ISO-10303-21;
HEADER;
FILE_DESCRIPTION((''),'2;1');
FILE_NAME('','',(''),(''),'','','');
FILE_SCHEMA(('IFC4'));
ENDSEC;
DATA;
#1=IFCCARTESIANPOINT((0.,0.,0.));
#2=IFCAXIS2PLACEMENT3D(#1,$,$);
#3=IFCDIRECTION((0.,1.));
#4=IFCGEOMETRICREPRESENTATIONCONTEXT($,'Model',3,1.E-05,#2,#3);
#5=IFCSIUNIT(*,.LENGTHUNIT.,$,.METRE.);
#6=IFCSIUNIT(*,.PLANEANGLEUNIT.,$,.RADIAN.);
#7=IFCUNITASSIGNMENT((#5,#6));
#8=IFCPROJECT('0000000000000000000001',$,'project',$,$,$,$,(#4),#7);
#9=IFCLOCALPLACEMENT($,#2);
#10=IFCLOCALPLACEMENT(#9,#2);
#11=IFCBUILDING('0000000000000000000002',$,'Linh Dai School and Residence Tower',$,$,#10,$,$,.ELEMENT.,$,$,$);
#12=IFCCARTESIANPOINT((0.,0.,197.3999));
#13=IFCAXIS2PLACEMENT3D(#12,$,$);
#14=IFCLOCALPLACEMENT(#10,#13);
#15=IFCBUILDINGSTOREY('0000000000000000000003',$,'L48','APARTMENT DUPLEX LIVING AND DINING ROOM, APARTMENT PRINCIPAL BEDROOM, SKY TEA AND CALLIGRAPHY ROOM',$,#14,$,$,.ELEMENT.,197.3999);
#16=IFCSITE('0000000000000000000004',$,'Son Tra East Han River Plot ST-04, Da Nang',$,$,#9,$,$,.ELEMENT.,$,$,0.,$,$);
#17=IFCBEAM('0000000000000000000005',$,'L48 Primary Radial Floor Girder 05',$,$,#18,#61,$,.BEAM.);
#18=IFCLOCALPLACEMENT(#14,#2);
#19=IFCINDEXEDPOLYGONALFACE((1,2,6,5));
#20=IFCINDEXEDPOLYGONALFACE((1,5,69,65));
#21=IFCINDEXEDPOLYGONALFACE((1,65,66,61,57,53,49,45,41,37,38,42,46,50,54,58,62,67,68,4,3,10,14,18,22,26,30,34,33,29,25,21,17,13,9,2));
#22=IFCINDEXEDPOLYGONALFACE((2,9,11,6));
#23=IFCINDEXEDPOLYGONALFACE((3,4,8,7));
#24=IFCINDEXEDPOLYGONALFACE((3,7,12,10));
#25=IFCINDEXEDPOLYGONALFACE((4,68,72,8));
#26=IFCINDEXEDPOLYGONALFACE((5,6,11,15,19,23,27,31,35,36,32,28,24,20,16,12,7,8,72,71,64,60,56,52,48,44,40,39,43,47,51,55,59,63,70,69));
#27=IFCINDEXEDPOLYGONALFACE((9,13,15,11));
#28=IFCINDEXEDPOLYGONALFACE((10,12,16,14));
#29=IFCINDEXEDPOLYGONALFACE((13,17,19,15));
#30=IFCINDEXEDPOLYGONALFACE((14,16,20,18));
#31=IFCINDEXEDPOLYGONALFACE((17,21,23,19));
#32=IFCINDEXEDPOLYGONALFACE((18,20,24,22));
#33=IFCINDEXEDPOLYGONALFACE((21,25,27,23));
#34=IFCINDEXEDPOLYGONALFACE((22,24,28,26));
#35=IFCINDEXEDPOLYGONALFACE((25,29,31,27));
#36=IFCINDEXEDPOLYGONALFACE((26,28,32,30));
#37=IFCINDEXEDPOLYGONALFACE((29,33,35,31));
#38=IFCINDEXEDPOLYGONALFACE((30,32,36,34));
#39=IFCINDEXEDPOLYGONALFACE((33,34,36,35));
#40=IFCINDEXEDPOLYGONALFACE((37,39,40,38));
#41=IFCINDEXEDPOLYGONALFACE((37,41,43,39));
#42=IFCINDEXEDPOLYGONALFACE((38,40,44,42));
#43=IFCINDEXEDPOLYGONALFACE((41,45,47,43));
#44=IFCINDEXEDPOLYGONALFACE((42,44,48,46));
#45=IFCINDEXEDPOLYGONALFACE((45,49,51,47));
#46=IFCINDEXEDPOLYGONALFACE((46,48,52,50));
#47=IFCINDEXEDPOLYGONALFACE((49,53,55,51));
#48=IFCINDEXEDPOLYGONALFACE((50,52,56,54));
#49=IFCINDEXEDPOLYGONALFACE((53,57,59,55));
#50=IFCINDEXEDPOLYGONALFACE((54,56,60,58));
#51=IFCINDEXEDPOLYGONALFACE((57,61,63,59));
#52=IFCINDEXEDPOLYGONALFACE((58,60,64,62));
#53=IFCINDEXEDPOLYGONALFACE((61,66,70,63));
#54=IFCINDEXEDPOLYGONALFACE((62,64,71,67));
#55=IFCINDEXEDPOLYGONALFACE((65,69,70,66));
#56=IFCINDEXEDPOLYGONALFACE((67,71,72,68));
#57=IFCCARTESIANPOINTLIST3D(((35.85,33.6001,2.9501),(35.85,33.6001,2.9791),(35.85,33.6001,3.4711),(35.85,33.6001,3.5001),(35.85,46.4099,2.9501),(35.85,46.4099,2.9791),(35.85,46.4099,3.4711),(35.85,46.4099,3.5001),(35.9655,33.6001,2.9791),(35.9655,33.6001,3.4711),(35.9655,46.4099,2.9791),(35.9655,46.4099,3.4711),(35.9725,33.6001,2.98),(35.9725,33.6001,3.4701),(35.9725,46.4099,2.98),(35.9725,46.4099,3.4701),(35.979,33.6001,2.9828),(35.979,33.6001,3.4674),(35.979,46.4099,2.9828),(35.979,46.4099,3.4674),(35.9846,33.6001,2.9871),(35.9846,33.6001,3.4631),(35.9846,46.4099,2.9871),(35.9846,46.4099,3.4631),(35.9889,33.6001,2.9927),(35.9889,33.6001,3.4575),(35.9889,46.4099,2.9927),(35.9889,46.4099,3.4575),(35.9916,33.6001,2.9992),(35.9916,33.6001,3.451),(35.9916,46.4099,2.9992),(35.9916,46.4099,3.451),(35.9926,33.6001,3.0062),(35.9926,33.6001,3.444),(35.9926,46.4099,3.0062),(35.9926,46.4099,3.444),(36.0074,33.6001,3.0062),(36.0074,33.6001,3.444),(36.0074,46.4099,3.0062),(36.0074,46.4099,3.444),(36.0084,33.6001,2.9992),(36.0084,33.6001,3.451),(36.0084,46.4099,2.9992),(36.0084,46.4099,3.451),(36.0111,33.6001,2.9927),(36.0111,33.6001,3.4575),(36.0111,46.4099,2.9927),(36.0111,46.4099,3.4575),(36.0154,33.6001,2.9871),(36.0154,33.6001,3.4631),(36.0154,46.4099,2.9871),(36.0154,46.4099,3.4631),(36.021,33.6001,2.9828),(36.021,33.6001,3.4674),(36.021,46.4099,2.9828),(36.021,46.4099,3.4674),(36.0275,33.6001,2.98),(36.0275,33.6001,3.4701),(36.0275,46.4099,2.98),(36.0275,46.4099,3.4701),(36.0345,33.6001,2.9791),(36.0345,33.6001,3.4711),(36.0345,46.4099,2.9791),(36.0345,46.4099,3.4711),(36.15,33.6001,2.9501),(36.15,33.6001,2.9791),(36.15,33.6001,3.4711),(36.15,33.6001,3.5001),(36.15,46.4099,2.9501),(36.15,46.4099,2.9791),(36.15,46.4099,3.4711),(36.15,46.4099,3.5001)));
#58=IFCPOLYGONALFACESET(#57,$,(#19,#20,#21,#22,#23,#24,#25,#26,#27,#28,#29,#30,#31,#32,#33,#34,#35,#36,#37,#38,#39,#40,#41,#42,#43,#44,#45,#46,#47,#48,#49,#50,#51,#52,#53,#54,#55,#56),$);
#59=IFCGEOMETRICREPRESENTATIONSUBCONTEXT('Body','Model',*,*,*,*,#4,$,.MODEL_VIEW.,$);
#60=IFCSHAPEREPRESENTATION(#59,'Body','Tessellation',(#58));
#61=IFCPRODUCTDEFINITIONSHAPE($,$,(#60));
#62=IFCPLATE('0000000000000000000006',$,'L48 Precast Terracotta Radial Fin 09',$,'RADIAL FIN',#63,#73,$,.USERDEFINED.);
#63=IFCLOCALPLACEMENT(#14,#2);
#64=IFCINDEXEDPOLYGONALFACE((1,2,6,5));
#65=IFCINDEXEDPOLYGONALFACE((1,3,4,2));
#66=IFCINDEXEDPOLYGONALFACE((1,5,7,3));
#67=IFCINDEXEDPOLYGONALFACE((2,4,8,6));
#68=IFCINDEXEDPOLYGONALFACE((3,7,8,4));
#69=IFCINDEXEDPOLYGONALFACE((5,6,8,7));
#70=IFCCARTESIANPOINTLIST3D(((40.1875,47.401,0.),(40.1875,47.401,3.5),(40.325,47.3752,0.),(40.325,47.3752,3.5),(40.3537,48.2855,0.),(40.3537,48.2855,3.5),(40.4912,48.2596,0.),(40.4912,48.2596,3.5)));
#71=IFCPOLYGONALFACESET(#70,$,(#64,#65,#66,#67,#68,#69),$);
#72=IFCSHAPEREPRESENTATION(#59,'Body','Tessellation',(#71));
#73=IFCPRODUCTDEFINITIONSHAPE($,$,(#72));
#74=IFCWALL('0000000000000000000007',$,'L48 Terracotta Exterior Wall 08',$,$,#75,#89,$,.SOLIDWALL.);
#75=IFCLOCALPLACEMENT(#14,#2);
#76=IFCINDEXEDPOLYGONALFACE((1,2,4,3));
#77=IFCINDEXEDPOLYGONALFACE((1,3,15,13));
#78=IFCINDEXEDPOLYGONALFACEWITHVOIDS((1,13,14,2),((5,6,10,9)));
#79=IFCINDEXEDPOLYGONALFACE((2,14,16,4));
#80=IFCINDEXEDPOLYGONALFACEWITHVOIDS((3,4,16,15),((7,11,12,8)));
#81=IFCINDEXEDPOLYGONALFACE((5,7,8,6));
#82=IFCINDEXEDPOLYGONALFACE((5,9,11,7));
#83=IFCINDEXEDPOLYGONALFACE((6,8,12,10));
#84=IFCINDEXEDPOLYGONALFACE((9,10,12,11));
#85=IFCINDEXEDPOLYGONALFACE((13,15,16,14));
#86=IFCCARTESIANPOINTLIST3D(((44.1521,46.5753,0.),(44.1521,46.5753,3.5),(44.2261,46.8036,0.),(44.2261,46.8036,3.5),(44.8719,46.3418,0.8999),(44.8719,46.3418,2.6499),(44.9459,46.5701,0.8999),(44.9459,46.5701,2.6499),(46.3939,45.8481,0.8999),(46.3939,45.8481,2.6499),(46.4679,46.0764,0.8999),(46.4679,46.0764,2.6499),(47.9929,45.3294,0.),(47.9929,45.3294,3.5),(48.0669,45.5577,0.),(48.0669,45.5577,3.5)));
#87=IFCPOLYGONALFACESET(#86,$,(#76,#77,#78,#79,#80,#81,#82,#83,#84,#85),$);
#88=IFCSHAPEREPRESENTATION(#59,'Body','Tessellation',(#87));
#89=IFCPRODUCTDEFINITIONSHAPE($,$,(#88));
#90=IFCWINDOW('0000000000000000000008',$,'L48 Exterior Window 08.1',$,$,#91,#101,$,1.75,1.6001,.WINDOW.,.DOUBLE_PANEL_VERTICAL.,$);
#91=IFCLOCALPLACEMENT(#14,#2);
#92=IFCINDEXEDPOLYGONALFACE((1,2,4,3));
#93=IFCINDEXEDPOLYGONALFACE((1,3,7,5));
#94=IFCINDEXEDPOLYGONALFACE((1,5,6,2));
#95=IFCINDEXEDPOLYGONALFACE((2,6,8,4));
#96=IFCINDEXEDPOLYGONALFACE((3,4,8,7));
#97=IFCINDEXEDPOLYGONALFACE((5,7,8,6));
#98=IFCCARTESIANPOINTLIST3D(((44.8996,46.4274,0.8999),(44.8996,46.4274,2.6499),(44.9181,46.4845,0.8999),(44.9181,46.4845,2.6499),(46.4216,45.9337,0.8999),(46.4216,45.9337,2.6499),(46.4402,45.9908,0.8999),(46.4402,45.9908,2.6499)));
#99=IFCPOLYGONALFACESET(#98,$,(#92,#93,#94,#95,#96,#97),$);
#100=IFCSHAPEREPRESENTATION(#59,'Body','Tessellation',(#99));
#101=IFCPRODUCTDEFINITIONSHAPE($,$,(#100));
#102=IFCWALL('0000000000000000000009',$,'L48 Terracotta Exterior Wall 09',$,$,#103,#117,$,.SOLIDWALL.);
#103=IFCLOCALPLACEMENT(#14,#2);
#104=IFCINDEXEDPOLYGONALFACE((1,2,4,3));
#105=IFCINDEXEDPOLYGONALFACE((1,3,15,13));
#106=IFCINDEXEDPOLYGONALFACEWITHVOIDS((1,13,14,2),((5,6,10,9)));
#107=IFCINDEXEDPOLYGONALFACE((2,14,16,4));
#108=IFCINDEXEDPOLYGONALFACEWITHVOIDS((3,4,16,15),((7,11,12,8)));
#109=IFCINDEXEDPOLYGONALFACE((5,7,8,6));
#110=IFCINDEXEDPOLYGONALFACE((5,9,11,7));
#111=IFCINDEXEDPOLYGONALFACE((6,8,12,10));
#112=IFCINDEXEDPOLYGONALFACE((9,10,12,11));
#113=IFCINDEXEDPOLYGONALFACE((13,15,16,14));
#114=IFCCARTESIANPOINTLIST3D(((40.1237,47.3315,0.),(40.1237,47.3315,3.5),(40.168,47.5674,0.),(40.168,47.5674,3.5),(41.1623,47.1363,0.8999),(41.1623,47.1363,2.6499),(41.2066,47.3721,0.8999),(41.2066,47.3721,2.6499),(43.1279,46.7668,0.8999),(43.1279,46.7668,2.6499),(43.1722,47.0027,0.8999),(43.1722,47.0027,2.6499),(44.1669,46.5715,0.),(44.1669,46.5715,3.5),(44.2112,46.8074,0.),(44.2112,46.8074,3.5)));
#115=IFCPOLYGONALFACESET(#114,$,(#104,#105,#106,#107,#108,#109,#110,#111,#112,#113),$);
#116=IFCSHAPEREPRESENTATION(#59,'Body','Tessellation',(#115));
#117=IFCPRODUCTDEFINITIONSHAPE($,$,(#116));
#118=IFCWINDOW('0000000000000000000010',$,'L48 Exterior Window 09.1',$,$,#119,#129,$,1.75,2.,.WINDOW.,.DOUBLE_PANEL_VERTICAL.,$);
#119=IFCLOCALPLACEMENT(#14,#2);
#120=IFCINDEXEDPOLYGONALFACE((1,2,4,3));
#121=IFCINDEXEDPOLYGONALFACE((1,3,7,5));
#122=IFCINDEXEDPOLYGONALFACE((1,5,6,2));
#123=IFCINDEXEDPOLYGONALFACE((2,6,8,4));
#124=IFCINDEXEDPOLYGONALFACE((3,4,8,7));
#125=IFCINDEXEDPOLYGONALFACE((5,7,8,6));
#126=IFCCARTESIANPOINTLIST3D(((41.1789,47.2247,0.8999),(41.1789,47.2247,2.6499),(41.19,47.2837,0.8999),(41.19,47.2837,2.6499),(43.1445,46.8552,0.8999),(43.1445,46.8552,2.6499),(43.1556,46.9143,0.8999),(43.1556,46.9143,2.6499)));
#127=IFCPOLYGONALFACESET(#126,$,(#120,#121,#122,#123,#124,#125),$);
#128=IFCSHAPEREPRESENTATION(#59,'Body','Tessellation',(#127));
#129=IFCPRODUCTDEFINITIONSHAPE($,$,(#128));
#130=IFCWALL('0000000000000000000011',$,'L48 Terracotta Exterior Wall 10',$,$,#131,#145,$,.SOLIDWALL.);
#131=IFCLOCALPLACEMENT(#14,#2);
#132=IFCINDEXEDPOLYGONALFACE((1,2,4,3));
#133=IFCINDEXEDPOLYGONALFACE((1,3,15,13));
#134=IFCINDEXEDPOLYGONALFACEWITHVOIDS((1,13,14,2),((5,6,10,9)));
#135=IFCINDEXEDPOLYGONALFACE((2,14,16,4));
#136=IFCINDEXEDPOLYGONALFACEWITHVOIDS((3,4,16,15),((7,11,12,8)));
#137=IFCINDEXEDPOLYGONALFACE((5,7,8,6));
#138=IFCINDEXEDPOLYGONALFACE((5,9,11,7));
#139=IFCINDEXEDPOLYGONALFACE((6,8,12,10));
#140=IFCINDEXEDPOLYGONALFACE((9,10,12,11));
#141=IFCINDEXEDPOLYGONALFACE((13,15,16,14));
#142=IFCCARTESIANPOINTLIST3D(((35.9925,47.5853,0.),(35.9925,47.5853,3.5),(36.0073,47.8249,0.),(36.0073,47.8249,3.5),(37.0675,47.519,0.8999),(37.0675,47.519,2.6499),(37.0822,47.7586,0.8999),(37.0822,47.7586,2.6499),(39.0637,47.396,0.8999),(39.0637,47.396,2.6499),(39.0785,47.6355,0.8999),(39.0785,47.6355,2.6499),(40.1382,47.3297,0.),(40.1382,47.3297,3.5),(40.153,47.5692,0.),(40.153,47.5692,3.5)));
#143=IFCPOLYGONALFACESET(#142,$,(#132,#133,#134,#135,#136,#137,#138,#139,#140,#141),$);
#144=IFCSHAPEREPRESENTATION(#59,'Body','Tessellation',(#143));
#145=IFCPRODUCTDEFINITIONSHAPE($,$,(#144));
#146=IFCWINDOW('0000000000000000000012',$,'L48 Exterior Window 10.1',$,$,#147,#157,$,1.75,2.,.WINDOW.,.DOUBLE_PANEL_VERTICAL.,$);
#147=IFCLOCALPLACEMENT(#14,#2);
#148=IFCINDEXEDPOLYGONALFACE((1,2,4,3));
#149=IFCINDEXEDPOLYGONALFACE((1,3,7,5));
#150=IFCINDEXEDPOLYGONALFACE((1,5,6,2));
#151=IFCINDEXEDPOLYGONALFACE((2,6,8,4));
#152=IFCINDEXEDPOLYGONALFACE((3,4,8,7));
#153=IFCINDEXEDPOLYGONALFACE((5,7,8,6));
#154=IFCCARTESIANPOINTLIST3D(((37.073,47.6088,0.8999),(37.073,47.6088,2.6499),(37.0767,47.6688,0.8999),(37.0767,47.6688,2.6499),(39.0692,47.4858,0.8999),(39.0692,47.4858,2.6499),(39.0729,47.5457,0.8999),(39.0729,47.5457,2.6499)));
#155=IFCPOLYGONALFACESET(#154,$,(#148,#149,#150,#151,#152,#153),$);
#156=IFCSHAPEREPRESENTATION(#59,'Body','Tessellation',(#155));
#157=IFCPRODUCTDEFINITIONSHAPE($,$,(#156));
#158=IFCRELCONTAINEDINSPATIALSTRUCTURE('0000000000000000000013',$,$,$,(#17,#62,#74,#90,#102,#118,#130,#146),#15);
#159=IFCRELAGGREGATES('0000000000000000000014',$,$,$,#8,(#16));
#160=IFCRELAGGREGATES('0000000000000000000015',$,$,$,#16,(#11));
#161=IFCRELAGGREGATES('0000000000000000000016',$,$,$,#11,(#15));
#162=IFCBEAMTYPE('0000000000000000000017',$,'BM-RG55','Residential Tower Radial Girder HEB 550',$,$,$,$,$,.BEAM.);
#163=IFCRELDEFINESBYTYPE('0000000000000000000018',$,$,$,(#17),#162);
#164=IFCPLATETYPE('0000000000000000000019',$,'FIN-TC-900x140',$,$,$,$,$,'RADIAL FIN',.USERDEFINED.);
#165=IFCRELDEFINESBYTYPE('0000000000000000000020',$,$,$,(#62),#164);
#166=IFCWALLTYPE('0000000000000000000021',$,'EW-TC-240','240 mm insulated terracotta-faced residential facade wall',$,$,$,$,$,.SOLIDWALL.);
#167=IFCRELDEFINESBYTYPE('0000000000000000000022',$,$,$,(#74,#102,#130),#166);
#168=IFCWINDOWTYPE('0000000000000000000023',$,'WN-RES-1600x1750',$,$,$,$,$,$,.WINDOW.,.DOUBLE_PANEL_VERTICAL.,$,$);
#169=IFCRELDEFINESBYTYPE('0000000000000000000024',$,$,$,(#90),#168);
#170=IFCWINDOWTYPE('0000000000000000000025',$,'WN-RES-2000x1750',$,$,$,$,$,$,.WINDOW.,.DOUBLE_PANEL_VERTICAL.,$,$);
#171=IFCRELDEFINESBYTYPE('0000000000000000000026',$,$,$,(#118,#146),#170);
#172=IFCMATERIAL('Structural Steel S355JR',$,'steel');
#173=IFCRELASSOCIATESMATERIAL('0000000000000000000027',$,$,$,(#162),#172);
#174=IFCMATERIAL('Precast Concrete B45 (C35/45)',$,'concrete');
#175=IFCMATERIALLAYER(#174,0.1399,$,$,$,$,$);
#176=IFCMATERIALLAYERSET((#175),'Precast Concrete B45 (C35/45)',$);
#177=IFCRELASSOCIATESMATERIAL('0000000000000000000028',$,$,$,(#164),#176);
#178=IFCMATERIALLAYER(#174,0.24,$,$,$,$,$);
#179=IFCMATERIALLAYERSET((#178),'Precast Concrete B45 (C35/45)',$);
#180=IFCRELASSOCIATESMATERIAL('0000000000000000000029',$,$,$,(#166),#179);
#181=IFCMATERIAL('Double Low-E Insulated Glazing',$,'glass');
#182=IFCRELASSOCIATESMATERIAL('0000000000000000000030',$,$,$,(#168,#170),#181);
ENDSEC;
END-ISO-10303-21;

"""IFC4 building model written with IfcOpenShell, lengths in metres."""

from ifc_helpers import new_model, si_unit, direction, frame, frame_2d, origin, origin_2d, place, context, subcontext, project, spatial, rectangle, i_section, extrude, source, transform, mapped, material, layer, layer_set, material_profile, profile_set, type_object, element, fill, save


model = new_model("IFC4")

# Units and contexts
model_context = context("Model", 3, precision=1e-05, world=origin(), true_north=direction((0.0, 1.0)))
body_context = subcontext(model_context, "Body", "Model", "MODEL_VIEW")
ifc_project = project(units=[si_unit("LENGTHUNIT", "METRE"), si_unit("PLANEANGLEUNIT", "RADIAN")], contexts=[model_context])

# Site, building, storey
site_placement = place(None, origin())
site = spatial("IfcSite", under=ifc_project, at=site_placement, Name="Son Tra East Han River Plot ST-04, Da Nang", CompositionType="ELEMENT", RefElevation=0.0)
building_placement = place(site_placement, origin())
building = spatial("IfcBuilding", under=site, at=building_placement, Name="Linh Dai School and Residence Tower", CompositionType="ELEMENT")
storey_placement = place(building_placement, frame((0.0, 0.0, 197.3999)))
storey = spatial("IfcBuildingStorey", under=building, at=storey_placement, Name="L48", Description="APARTMENT DUPLEX LIVING AND DINING ROOM, APARTMENT PRINCIPAL BEDROOM, SKY TEA AND CALLIGRAPHY ROOM", CompositionType="ELEMENT", Elevation=197.3999)

# Beam
ifc_material_1 = material(Name="Structural Steel S355JR", Category="steel")
ifc_material_profile_1 = material_profile(ifc_material_1, i_section(OverallWidth=0.3, OverallDepth=0.55, WebThickness=0.0149, FlangeThickness=0.0291, FilletRadius=0.0271, at=origin_2d()), Name="HEB 550")
ifc_profile_set_1 = profile_set([ifc_material_profile_1], Name="Structural Steel S355JR")
beam_type = type_object("IfcBeamType", Name="BM-RG55", Description="Residential Tower Radial Girder HEB 550", PredefinedType="BEAM", material=ifc_profile_set_1)
beam_1_placement = place(storey_placement, frame((36.0, 33.6001, 3.2251), z_axis=(0.0, 1.0, 0.0), x_axis=(-1.0, 0.0, 0.0)))
element("IfcBeam", 1, at=beam_1_placement, inside=storey, type_object=beam_type, Name="L48 Primary Radial Floor Girder 05", PredefinedType="BEAM", context=body_context, shape_type="SweptSolid", body=[
    extrude(i_section(OverallWidth=0.3, OverallDepth=0.55, WebThickness=0.0149, FlangeThickness=0.0291, FilletRadius=0.0271, at=origin_2d()), origin(), (0.0, 0.0, 1.0), 12.8098),
])

# Plate
ifc_material_2 = material(Name="Precast Concrete B45 (C35/45)", Category="concrete")
ifc_layer_1 = layer(ifc_material_2, 0.1399)
ifc_layer_set_1 = layer_set([ifc_layer_1], Name="Precast Concrete B45 (C35/45)")
plate_type = type_object("IfcPlateType", Name="FIN-TC-900x140", ElementType="RADIAL FIN", PredefinedType="USERDEFINED", material=ifc_layer_set_1)
shared_shape_1 = source(origin(), body_context, "Body", "SweptSolid", [
    extrude(rectangle(XDim=0.8999, YDim=0.1399, at=origin_2d()), origin(), (0.0, 0.0, 1.0), 3.5),
])
plate_placement = place(storey_placement, frame((40.3394, 47.8303, 0.0), z_axis=(0.0, 0.0, 1.0), x_axis=(0.184763, 0.982783, 0.0)))
element("IfcPlate", 2, at=plate_placement, inside=storey, type_object=plate_type, Name="L48 Precast Terracotta Radial Fin 09", ObjectType="RADIAL FIN", PredefinedType="USERDEFINED", context=body_context, shape_type="MappedRepresentation", body=[
    mapped(shared_shape_1, transform((0.0, 0.0, 0.0), x_axis=(1.0, 0.0, 0.0), y_axis=(0.0, 1.0, 0.0), z_axis=(0.0, 0.0, 1.0), scale=1.0)),
])

# Walls, openings, windows
ifc_layer_2 = layer(ifc_material_2, 0.24)
ifc_layer_set_2 = layer_set([ifc_layer_2], Name="Precast Concrete B45 (C35/45)")
wall_type_1 = type_object("IfcWallType", Name="EW-TC-240", Description="240 mm insulated terracotta-faced residential facade wall", PredefinedType="SOLIDWALL", material=ifc_layer_set_2)
wall_1_placement = place(storey_placement, frame((44.189, 46.6895, 0.0), z_axis=(0.0, 0.0, 1.0), x_axis=(0.95121, -0.308545, 0.0)))
wall_1 = element("IfcWall", 3, at=wall_1_placement, inside=storey, type_object=wall_type_1, Name="L48 Terracotta Exterior Wall 08", PredefinedType="SOLIDWALL", context=body_context, shape_type="SweptSolid", body=[
    extrude(rectangle(XDim=4.0378, YDim=0.24, at=frame_2d((2.019, 0.0))), origin(), (0.0, 0.0, 1.0), 3.5),
])
opening_1_placement = place(wall_1_placement, frame((0.7568, 0.0, 0.8999)))
opening_1 = element("IfcOpeningElement", 4, at=opening_1_placement, cuts=wall_1, PredefinedType="OPENING", context=body_context, shape_type="SweptSolid", body=[
    extrude(rectangle(XDim=1.6001, YDim=1.75, at=origin_2d()), frame((0.8, 0.1299, 0.875), z_axis=(0.0, -1.0, 0.0), x_axis=(1.0, 0.0, 0.0)), (0.0, 0.0, 1.0), 0.26),
])
ifc_material_3 = material(Name="Double Low-E Insulated Glazing", Category="glass")
window_type_1 = type_object("IfcWindowType", Name="WN-RES-1600x1750", PartitioningType="DOUBLE_PANEL_VERTICAL", PredefinedType="WINDOW", material=ifc_material_3)
shared_shape_2 = source(origin(), body_context, "Body", "SweptSolid", [
    extrude(rectangle(XDim=1.6001, YDim=1.75, at=origin_2d()), frame((0.8, 0.03, 0.875), z_axis=(0.0, -1.0, 0.0), x_axis=(1.0, 0.0, 0.0)), (0.0, 0.0, 1.0), 0.0601),
])
window_1_placement = place(opening_1_placement, origin())
window_1 = element("IfcWindow", 5, at=window_1_placement, inside=storey, type_object=window_type_1, Name="L48 Exterior Window 08.1", OverallHeight=1.75, OverallWidth=1.6001, PartitioningType="DOUBLE_PANEL_VERTICAL", PredefinedType="WINDOW", context=body_context, shape_type="MappedRepresentation", body=[
    mapped(shared_shape_2, transform((0.0, 0.0, 0.0), x_axis=(1.0, 0.0, 0.0), y_axis=(0.0, 1.0, 0.0), z_axis=(0.0, 0.0, 1.0), scale=1.0)),
])
fill(opening_1, window_1)
wall_2_placement = place(storey_placement, frame((40.1458, 47.4495, 0.0), z_axis=(0.0, 0.0, 1.0), x_axis=(0.982788, -0.184736, 0.0)))
wall_2 = element("IfcWall", 6, at=wall_2_placement, inside=storey, type_object=wall_type_1, Name="L48 Terracotta Exterior Wall 09", PredefinedType="SOLIDWALL", context=body_context, shape_type="SweptSolid", body=[
    extrude(rectangle(XDim=4.114, YDim=0.24, at=frame_2d((2.0571, 0.0))), origin(), (0.0, 0.0, 1.0), 3.5),
])
opening_2_placement = place(wall_2_placement, frame((1.0569, 0.0, 0.8999)))
opening_2 = element("IfcOpeningElement", 7, at=opening_2_placement, cuts=wall_2, PredefinedType="OPENING", context=body_context, shape_type="SweptSolid", body=[
    extrude(rectangle(XDim=2.0, YDim=1.75, at=origin_2d()), frame((1.0, 0.1299, 0.875), z_axis=(0.0, -1.0, 0.0), x_axis=(1.0, 0.0, 0.0)), (0.0, 0.0, 1.0), 0.26),
])
window_type_2 = type_object("IfcWindowType", Name="WN-RES-2000x1750", PartitioningType="DOUBLE_PANEL_VERTICAL", PredefinedType="WINDOW", material=ifc_material_3)
shared_shape_3 = source(origin(), body_context, "Body", "SweptSolid", [
    extrude(rectangle(XDim=2.0, YDim=1.75, at=origin_2d()), frame((1.0, 0.03, 0.875), z_axis=(0.0, -1.0, 0.0), x_axis=(1.0, 0.0, 0.0)), (0.0, 0.0, 1.0), 0.0601),
])
window_2_placement = place(opening_2_placement, origin())
window_2 = element("IfcWindow", 8, at=window_2_placement, inside=storey, type_object=window_type_2, Name="L48 Exterior Window 09.1", OverallHeight=1.75, OverallWidth=2.0, PartitioningType="DOUBLE_PANEL_VERTICAL", PredefinedType="WINDOW", context=body_context, shape_type="MappedRepresentation", body=[
    mapped(shared_shape_3, transform((0.0, 0.0, 0.0), x_axis=(1.0, 0.0, 0.0), y_axis=(0.0, 1.0, 0.0), z_axis=(0.0, 0.0, 1.0), scale=1.0)),
])
fill(opening_2, window_2)
wall_3_placement = place(storey_placement, frame((36.0, 47.7051, 0.0), z_axis=(0.0, 0.0, 1.0), x_axis=(0.998105, -0.06154, 0.0)))
wall_3 = element("IfcWall", 9, at=wall_3_placement, inside=storey, type_object=wall_type_1, Name="L48 Terracotta Exterior Wall 10", PredefinedType="SOLIDWALL", context=body_context, shape_type="SweptSolid", body=[
    extrude(rectangle(XDim=4.1536, YDim=0.24, at=frame_2d((2.0767, 0.0))), origin(), (0.0, 0.0, 1.0), 3.5),
])
opening_3_placement = place(wall_3_placement, frame((1.0769, 0.0, 0.8999)))
opening_3 = element("IfcOpeningElement", 10, at=opening_3_placement, cuts=wall_3, PredefinedType="OPENING", context=body_context, shape_type="SweptSolid", body=[
    extrude(rectangle(XDim=2.0, YDim=1.75, at=origin_2d()), frame((1.0, 0.1299, 0.875), z_axis=(0.0, -1.0, 0.0), x_axis=(1.0, 0.0, 0.0)), (0.0, 0.0, 1.0), 0.26),
])
window_3_placement = place(opening_3_placement, origin())
window_3 = element("IfcWindow", 11, at=window_3_placement, inside=storey, type_object=window_type_2, Name="L48 Exterior Window 10.1", OverallHeight=1.75, OverallWidth=2.0, PartitioningType="DOUBLE_PANEL_VERTICAL", PredefinedType="WINDOW", context=body_context, shape_type="MappedRepresentation", body=[
    mapped(shared_shape_3, transform((0.0, 0.0, 0.0), x_axis=(1.0, 0.0, 0.0), y_axis=(0.0, 1.0, 0.0), z_axis=(0.0, 0.0, 1.0), scale=1.0)),
])
fill(opening_3, window_3)

save(model, "model.ifc")
